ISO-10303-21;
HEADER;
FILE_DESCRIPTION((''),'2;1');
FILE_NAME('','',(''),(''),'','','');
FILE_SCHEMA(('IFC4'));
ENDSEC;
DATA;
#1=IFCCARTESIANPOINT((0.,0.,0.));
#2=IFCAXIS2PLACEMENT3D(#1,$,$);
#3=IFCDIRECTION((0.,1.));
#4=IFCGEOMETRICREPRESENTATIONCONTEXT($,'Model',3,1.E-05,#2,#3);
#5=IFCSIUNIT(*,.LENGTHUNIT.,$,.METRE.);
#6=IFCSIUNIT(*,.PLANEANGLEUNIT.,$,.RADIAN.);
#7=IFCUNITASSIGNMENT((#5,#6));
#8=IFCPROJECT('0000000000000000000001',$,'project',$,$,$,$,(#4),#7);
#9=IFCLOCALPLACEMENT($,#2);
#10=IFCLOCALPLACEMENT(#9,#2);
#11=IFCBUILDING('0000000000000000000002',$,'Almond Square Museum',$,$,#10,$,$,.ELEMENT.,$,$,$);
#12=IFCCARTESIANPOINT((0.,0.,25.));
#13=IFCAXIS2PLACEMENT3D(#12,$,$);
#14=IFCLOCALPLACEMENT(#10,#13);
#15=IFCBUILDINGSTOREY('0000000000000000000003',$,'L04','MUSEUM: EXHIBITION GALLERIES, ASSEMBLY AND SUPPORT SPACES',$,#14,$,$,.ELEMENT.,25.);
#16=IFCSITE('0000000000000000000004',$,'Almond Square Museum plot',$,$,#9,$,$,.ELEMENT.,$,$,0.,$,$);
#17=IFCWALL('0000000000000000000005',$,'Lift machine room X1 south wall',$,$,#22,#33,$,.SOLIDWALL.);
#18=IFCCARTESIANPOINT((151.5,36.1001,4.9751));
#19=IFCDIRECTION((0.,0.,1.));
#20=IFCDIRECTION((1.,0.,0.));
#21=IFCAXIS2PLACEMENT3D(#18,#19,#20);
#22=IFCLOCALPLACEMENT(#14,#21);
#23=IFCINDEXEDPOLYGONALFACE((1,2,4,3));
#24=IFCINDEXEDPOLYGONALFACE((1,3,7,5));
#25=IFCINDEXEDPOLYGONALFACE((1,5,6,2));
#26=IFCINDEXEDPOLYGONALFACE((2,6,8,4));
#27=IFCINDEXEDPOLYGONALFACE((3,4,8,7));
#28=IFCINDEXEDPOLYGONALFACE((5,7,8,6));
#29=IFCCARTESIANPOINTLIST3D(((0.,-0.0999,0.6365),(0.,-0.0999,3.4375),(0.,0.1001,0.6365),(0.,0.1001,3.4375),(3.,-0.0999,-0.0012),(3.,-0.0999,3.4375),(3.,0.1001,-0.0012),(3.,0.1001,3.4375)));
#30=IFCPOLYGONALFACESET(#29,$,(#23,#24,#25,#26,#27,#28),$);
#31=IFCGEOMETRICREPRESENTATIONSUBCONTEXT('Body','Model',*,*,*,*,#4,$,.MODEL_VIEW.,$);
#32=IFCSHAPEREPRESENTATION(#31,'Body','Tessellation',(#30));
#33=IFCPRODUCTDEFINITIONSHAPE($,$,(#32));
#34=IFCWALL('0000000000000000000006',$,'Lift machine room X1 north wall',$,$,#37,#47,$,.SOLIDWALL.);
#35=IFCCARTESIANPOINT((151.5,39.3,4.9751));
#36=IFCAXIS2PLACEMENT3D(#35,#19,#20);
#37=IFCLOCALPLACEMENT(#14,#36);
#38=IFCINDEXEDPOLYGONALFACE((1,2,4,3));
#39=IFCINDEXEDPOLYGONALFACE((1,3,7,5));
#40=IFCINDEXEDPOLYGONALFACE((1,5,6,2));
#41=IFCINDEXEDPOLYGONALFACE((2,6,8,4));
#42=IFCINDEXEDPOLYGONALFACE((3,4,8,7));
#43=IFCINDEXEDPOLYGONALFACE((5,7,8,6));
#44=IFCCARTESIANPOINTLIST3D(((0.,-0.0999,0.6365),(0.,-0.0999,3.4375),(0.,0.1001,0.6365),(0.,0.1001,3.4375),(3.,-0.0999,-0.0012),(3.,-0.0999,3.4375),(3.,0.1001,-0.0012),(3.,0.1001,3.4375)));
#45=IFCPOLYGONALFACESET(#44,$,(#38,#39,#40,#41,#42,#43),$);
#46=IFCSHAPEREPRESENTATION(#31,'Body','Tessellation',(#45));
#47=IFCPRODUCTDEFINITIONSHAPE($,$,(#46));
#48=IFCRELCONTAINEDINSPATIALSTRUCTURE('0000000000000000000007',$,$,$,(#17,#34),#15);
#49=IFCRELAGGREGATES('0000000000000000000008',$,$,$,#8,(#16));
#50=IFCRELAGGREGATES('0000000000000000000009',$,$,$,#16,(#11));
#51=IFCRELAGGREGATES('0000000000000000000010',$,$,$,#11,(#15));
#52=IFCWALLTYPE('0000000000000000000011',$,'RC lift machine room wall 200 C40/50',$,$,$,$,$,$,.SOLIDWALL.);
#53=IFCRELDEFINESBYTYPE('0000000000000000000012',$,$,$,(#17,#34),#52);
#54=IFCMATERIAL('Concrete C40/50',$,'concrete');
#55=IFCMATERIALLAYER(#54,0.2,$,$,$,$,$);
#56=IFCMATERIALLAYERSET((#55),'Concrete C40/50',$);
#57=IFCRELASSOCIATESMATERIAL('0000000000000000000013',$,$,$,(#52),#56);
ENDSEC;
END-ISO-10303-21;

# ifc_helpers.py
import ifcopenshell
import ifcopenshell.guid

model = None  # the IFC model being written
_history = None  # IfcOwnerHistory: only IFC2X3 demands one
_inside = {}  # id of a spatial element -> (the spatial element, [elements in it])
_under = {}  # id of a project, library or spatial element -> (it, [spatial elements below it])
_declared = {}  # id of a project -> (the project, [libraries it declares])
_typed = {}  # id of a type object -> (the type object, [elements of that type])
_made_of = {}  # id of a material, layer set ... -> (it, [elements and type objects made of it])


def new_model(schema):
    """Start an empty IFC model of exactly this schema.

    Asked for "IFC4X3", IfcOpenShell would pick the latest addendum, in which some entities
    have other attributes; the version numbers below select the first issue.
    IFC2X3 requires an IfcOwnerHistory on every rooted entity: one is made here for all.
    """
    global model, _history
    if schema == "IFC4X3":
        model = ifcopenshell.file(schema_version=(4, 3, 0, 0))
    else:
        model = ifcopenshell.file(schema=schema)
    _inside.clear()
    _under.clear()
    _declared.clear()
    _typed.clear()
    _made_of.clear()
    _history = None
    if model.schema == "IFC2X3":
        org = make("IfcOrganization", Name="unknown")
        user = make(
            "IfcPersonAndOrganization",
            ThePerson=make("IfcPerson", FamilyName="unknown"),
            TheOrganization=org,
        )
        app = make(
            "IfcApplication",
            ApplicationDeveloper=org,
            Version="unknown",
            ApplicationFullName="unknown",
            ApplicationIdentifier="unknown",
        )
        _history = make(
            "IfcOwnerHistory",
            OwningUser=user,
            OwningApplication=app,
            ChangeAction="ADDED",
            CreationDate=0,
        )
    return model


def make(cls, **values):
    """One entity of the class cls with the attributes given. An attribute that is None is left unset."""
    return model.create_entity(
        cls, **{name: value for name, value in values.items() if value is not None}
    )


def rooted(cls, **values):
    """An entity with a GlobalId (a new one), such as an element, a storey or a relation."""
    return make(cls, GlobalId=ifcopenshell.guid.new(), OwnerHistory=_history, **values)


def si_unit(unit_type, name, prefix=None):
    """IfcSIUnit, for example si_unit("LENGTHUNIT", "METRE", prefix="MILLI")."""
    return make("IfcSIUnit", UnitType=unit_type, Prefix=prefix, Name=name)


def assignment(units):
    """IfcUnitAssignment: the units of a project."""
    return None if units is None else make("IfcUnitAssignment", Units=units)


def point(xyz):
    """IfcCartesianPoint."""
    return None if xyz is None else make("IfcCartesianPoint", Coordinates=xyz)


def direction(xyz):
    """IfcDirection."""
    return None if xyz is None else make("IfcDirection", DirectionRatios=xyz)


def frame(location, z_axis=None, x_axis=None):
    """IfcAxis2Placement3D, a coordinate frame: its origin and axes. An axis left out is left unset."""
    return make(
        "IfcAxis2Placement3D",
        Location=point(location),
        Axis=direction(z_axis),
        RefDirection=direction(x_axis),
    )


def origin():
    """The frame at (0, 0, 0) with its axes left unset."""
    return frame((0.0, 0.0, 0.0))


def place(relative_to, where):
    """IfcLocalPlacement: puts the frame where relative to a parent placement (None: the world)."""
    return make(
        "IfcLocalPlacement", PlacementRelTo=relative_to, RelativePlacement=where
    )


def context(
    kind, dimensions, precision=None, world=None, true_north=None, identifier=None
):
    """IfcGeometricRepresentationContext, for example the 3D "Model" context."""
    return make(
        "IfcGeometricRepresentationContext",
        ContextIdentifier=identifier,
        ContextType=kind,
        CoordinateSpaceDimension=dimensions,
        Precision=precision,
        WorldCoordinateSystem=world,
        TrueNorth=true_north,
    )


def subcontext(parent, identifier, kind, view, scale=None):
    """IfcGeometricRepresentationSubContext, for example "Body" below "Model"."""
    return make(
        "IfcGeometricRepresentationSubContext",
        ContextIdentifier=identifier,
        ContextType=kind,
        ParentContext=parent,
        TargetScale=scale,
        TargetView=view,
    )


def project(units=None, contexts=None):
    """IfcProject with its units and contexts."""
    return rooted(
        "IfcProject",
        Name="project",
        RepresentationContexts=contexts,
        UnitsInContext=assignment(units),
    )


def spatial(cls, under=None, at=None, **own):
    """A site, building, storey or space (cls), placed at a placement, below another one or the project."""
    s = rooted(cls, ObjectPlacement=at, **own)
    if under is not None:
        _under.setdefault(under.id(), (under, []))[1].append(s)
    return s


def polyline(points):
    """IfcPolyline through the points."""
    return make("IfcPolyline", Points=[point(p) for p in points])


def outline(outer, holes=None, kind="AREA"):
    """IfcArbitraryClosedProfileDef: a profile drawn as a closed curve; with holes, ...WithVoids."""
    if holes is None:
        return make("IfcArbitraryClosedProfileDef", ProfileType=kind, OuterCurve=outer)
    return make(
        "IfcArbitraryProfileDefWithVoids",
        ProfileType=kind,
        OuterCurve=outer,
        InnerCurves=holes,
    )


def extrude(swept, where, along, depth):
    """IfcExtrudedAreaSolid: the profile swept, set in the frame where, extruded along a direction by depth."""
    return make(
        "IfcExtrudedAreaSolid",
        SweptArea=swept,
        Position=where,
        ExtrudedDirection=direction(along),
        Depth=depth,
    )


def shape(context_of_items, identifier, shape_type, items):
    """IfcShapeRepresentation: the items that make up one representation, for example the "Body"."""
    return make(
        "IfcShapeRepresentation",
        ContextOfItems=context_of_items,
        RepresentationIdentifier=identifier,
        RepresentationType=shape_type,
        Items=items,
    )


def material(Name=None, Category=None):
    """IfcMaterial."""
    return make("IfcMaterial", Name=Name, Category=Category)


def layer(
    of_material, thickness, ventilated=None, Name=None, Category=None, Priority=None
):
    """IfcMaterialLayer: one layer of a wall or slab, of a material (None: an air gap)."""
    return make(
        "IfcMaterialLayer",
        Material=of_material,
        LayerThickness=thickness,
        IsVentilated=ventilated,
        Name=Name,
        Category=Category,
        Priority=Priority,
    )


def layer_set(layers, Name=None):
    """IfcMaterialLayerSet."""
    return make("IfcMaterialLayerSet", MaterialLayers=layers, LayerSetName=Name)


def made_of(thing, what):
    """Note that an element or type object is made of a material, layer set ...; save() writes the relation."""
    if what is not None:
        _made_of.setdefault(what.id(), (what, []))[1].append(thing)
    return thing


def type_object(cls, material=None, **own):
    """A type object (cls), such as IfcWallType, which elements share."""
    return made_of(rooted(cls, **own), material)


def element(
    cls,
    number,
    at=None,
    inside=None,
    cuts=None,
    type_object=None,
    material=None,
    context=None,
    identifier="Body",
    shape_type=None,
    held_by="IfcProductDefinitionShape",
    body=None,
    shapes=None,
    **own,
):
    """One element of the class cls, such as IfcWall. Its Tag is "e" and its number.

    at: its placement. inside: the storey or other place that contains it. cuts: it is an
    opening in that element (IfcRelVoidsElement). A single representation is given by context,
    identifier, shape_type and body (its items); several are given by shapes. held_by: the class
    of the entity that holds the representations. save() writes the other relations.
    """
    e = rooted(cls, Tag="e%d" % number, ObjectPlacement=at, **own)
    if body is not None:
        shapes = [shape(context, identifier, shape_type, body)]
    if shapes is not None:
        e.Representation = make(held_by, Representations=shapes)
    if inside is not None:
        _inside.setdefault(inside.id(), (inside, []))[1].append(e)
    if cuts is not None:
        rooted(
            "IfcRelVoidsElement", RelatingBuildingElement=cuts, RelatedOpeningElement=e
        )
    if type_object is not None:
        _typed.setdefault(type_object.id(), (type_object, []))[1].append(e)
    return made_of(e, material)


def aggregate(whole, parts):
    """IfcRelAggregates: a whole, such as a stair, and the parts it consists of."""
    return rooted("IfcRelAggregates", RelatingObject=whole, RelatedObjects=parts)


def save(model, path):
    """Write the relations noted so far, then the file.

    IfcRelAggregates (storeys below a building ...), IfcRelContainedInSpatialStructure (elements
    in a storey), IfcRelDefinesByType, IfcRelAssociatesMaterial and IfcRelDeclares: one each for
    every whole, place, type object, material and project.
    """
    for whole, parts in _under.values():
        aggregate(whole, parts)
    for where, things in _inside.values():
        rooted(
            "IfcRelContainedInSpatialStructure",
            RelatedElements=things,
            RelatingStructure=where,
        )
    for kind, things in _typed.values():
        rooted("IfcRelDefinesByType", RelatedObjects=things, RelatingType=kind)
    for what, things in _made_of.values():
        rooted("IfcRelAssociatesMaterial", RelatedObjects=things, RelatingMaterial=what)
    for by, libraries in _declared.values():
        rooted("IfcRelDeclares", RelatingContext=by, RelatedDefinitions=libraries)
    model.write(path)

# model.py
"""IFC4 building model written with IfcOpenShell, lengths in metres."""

from ifc_helpers import new_model, si_unit, direction, frame, origin, place, context, subcontext, project, spatial, polyline, outline, extrude, material, layer, layer_set, type_object, element, save


model = new_model("IFC4")

# Units and contexts
model_context = context("Model", 3, precision=1e-05, world=origin(), true_north=direction((0.0, 1.0)))
body_context = subcontext(model_context, "Body", "Model", "MODEL_VIEW")
ifc_project = project(units=[si_unit("LENGTHUNIT", "METRE"), si_unit("PLANEANGLEUNIT", "RADIAN")], contexts=[model_context])

# Site, building, storey
site_placement = place(None, origin())
site = spatial("IfcSite", under=ifc_project, at=site_placement, Name="Almond Square Museum plot", CompositionType="ELEMENT", RefElevation=0.0)
building_placement = place(site_placement, origin())
building = spatial("IfcBuilding", under=site, at=building_placement, Name="Almond Square Museum", CompositionType="ELEMENT")
storey_placement = place(building_placement, frame((0.0, 0.0, 25.0)))
storey = spatial("IfcBuildingStorey", under=building, at=storey_placement, Name="L04", Description="MUSEUM: EXHIBITION GALLERIES, ASSEMBLY AND SUPPORT SPACES", CompositionType="ELEMENT", Elevation=25.0)

# Walls
ifc_material_1 = material(Name="Concrete C40/50", Category="concrete")
ifc_layer_1 = layer(ifc_material_1, 0.2)
ifc_layer_set_1 = layer_set([ifc_layer_1], Name="Concrete C40/50")
wall_type_1 = type_object("IfcWallType", Name="RC lift machine room wall 200 C40/50", PredefinedType="SOLIDWALL", material=ifc_layer_set_1)
for number, where, z_axis, x_axis, name in (
    (1, (151.5, 36.1001, 4.9751), (0.0, 0.0, 1.0), (1.0, 0.0, 0.0), "Lift machine room X1 south wall"),
    (2, (151.5, 39.3, 4.9751), (0.0, 0.0, 1.0), (1.0, 0.0, 0.0), "Lift machine room X1 north wall"),
):
    element("IfcWall", number, at=place(storey_placement, frame(where, z_axis=z_axis, x_axis=x_axis)), inside=storey, type_object=wall_type_1, Name=name, PredefinedType="SOLIDWALL", context=body_context, shape_type="SweptSolid", body=[
        extrude(outline(polyline([(0.0, 0.6365), (3.0, -0.0012), (3.0, 3.4375), (0.0, 3.4375), (0.0, 0.6365)])), frame((0.0, 0.1001, 0.0), z_axis=(0.0, -1.0, 0.0), x_axis=(1.0, 0.0, 0.0)), (0.0, 0.0, 1.0), 0.2),
    ])

save(model, "model.ifc")
